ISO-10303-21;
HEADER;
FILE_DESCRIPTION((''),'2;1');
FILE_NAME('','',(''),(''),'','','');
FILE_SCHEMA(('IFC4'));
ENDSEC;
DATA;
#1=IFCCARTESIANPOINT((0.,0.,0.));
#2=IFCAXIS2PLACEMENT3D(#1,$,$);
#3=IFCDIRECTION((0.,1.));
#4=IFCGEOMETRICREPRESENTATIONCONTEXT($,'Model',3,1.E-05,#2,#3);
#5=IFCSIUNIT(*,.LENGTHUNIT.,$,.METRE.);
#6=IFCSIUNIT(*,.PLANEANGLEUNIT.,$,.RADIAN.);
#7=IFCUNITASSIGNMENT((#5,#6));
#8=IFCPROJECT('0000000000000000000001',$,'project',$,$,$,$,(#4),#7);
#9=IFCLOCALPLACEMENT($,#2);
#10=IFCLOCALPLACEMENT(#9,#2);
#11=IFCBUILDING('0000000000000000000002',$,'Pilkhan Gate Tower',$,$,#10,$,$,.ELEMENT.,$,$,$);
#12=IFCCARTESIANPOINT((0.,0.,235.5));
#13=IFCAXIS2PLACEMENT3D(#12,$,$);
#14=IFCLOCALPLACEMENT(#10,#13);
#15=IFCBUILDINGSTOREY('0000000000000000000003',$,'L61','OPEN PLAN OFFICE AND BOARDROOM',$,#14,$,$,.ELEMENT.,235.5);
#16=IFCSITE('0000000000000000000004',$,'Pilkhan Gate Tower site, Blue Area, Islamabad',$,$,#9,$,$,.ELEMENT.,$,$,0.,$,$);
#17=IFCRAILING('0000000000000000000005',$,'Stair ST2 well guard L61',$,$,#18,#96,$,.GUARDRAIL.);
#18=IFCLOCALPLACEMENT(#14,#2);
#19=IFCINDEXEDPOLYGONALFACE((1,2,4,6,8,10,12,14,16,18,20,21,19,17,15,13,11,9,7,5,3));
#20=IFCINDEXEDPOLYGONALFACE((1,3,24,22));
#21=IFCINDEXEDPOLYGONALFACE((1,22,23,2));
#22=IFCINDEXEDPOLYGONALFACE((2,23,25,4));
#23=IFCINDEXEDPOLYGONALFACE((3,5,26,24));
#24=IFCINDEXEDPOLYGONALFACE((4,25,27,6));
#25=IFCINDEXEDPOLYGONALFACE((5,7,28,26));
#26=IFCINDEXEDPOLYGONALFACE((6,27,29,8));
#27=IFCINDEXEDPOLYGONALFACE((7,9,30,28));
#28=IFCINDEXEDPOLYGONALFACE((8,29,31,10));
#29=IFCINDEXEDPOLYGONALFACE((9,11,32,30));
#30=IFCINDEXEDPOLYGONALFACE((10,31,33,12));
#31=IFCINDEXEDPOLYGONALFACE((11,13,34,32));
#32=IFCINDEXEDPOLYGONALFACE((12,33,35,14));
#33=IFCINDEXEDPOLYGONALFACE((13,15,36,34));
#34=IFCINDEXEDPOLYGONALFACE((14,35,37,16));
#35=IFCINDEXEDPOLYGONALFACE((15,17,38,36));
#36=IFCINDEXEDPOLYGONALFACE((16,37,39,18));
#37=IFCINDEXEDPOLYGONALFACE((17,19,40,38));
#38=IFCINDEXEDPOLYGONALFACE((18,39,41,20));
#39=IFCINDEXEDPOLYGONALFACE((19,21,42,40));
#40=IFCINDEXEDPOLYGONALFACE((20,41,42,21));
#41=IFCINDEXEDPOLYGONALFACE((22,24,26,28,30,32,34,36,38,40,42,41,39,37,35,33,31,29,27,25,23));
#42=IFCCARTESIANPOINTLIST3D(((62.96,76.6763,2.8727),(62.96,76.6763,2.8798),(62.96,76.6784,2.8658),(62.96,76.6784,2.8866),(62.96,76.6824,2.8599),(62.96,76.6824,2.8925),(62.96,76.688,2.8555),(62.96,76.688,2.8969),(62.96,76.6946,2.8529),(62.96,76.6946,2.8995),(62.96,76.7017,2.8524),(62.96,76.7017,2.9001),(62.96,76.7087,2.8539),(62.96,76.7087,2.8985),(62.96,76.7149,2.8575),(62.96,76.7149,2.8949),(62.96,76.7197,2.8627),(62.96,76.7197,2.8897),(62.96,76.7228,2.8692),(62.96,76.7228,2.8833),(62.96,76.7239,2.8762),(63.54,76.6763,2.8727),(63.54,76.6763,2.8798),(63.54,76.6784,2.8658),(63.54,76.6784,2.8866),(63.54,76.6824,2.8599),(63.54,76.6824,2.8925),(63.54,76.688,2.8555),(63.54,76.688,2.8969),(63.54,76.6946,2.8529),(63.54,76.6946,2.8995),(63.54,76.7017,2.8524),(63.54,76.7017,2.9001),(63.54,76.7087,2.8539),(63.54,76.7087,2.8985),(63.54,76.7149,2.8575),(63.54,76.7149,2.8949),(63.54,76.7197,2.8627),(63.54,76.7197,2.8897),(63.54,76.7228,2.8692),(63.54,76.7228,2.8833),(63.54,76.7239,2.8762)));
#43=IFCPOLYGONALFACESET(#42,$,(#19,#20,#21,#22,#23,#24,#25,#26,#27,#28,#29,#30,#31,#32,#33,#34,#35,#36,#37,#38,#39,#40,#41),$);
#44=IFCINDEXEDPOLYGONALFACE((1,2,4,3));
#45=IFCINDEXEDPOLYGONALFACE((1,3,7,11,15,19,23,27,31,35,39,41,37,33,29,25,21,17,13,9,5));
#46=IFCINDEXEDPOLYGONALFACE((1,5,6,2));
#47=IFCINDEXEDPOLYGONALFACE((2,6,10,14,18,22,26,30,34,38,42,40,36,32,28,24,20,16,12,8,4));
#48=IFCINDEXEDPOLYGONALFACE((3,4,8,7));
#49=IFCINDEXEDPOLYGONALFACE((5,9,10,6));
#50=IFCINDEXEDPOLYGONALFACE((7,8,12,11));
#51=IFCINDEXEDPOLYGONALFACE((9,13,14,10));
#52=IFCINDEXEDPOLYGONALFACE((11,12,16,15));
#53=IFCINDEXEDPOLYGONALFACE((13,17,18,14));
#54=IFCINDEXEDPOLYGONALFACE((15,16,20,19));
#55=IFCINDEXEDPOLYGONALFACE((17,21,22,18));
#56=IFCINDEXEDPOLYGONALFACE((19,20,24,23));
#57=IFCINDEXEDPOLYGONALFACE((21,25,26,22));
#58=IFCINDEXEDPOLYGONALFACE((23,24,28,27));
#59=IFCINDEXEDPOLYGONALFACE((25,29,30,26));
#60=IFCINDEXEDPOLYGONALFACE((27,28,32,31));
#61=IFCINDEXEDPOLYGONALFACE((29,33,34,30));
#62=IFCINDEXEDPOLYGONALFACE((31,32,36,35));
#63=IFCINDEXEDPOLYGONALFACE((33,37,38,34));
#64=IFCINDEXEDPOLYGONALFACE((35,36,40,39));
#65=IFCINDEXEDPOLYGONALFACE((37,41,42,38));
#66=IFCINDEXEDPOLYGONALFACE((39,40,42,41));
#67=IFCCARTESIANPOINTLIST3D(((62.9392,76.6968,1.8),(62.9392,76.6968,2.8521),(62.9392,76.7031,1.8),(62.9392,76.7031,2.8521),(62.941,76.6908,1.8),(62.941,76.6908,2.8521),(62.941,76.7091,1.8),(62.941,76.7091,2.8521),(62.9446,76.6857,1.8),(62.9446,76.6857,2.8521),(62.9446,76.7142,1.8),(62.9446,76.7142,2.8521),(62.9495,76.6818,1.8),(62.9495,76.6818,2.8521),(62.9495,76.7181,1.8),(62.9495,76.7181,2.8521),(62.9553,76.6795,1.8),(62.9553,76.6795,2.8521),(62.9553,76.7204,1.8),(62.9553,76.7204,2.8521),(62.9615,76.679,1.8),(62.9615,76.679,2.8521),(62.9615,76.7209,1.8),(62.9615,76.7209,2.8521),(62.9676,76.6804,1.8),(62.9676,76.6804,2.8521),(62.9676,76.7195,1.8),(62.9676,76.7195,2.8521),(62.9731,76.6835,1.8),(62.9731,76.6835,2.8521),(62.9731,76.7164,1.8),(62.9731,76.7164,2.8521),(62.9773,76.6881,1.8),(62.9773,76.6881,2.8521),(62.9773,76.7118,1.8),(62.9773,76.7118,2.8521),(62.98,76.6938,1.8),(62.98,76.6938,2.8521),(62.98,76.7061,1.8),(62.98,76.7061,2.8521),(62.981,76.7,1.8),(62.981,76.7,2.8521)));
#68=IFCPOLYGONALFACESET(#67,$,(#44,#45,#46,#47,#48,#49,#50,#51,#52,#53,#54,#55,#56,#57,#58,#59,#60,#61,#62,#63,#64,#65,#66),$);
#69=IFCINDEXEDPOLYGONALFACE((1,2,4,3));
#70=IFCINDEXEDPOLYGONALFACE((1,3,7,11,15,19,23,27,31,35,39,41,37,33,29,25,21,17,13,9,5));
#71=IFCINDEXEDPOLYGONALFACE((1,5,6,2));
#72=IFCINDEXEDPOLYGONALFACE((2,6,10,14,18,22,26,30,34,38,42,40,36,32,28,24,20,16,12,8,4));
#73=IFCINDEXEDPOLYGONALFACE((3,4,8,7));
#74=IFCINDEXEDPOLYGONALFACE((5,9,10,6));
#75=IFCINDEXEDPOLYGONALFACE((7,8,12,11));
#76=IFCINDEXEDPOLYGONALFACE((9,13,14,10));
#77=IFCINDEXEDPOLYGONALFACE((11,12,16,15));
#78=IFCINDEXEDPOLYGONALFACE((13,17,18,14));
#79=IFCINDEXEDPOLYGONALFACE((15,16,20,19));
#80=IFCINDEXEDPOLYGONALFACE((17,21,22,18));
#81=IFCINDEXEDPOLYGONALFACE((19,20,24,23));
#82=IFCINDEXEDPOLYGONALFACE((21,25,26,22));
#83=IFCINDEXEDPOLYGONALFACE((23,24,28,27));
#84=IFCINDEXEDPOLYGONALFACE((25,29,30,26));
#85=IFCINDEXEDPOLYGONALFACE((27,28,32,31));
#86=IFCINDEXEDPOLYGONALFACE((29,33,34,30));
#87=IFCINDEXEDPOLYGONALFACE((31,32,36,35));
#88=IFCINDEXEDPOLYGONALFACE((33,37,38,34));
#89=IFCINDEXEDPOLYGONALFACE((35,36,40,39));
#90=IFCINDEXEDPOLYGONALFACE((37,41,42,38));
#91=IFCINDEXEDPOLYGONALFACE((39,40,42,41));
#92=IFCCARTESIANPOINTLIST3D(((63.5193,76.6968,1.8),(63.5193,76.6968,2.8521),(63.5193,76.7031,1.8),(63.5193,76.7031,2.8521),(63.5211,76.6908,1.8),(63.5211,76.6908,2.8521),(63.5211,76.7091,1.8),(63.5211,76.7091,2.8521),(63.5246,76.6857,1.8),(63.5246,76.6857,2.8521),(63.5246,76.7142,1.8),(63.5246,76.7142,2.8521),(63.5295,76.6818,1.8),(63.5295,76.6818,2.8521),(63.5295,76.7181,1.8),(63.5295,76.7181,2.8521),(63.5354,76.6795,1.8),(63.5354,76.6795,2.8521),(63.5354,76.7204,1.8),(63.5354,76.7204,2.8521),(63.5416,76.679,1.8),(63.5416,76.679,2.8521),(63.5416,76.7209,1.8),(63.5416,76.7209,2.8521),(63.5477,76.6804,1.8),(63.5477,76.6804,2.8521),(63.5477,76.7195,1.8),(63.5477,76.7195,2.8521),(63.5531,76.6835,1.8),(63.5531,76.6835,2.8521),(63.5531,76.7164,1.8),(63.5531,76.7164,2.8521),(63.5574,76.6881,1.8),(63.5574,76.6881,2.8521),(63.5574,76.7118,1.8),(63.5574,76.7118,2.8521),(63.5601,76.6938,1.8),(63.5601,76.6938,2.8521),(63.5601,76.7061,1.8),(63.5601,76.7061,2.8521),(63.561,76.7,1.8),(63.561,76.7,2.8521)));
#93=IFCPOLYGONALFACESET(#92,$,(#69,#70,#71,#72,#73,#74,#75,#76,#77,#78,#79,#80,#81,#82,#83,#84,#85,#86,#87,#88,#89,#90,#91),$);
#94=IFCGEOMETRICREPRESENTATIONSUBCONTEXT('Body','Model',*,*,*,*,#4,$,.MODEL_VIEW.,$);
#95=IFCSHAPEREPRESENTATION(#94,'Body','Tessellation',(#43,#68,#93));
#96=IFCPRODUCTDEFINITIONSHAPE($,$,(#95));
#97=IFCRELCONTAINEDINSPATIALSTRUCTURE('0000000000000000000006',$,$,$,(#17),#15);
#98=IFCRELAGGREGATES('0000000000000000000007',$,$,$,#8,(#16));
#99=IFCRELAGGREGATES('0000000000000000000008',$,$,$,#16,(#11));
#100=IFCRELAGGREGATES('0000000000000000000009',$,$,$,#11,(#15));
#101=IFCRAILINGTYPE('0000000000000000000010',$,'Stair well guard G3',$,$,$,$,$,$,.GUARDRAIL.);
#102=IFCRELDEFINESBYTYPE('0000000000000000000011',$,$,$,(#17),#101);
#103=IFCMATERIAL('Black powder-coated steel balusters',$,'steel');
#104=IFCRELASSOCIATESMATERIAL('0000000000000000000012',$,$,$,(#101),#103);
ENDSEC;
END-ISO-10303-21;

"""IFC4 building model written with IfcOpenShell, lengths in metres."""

from ifc_helpers import new_model, si_unit, direction, frame, origin, origin_2d, place, context, subcontext, project, spatial, circle, extrude, material, type_object, element, save


model = new_model("IFC4")

# Units and contexts
model_context = context("Model", 3, precision=1e-05, world=origin(), true_north=direction((0.0, 1.0)))
body_context = subcontext(model_context, "Body", "Model", "MODEL_VIEW")
ifc_project = project(units=[si_unit("LENGTHUNIT", "METRE"), si_unit("PLANEANGLEUNIT", "RADIAN")], contexts=[model_context])

# Site, building, storey
site_placement = place(None, origin())
site = spatial("IfcSite", under=ifc_project, at=site_placement, Name="Pilkhan Gate Tower site, Blue Area, Islamabad", CompositionType="ELEMENT", RefElevation=0.0)
building_placement = place(site_placement, origin())
building = spatial("IfcBuilding", under=site, at=building_placement, Name="Pilkhan Gate Tower", CompositionType="ELEMENT")
storey_placement = place(building_placement, frame((0.0, 0.0, 235.5)))
storey = spatial("IfcBuildingStorey", under=building, at=storey_placement, Name="L61", Description="OPEN PLAN OFFICE AND BOARDROOM", CompositionType="ELEMENT", Elevation=235.5)

# Railing
ifc_material_1 = material(Name="Black powder-coated steel balusters", Category="steel")
railing_type_1 = type_object("IfcRailingType", Name="Stair well guard G3", PredefinedType="GUARDRAIL", material=ifc_material_1)
for number, where, name in (
    (1, (62.96, 76.7, 1.8), "Stair ST2 well guard L61"),
):
    element("IfcRailing", number, at=place(storey_placement, frame(where)), inside=storey, type_object=railing_type_1, Name=name, PredefinedType="GUARDRAIL", context=body_context, shape_type="SweptSolid", body=[
        extrude(circle(Radius=0.0239, at=origin_2d()), frame((0.0, 0.0, 1.0762), z_axis=(1.0, 0.0, 0.0), x_axis=(0.0, 1.0, 0.0)), (0.0, 0.0, 1.0), 0.5801),
        extrude(circle(Radius=0.021, at=origin_2d()), origin(), (0.0, 0.0, 1.0), 1.052),
        extrude(circle(Radius=0.021, at=origin_2d()), frame((0.5801, 0.0, 0.0)), (0.0, 0.0, 1.0), 1.052),
    ])

save(model, "model.ifc")
